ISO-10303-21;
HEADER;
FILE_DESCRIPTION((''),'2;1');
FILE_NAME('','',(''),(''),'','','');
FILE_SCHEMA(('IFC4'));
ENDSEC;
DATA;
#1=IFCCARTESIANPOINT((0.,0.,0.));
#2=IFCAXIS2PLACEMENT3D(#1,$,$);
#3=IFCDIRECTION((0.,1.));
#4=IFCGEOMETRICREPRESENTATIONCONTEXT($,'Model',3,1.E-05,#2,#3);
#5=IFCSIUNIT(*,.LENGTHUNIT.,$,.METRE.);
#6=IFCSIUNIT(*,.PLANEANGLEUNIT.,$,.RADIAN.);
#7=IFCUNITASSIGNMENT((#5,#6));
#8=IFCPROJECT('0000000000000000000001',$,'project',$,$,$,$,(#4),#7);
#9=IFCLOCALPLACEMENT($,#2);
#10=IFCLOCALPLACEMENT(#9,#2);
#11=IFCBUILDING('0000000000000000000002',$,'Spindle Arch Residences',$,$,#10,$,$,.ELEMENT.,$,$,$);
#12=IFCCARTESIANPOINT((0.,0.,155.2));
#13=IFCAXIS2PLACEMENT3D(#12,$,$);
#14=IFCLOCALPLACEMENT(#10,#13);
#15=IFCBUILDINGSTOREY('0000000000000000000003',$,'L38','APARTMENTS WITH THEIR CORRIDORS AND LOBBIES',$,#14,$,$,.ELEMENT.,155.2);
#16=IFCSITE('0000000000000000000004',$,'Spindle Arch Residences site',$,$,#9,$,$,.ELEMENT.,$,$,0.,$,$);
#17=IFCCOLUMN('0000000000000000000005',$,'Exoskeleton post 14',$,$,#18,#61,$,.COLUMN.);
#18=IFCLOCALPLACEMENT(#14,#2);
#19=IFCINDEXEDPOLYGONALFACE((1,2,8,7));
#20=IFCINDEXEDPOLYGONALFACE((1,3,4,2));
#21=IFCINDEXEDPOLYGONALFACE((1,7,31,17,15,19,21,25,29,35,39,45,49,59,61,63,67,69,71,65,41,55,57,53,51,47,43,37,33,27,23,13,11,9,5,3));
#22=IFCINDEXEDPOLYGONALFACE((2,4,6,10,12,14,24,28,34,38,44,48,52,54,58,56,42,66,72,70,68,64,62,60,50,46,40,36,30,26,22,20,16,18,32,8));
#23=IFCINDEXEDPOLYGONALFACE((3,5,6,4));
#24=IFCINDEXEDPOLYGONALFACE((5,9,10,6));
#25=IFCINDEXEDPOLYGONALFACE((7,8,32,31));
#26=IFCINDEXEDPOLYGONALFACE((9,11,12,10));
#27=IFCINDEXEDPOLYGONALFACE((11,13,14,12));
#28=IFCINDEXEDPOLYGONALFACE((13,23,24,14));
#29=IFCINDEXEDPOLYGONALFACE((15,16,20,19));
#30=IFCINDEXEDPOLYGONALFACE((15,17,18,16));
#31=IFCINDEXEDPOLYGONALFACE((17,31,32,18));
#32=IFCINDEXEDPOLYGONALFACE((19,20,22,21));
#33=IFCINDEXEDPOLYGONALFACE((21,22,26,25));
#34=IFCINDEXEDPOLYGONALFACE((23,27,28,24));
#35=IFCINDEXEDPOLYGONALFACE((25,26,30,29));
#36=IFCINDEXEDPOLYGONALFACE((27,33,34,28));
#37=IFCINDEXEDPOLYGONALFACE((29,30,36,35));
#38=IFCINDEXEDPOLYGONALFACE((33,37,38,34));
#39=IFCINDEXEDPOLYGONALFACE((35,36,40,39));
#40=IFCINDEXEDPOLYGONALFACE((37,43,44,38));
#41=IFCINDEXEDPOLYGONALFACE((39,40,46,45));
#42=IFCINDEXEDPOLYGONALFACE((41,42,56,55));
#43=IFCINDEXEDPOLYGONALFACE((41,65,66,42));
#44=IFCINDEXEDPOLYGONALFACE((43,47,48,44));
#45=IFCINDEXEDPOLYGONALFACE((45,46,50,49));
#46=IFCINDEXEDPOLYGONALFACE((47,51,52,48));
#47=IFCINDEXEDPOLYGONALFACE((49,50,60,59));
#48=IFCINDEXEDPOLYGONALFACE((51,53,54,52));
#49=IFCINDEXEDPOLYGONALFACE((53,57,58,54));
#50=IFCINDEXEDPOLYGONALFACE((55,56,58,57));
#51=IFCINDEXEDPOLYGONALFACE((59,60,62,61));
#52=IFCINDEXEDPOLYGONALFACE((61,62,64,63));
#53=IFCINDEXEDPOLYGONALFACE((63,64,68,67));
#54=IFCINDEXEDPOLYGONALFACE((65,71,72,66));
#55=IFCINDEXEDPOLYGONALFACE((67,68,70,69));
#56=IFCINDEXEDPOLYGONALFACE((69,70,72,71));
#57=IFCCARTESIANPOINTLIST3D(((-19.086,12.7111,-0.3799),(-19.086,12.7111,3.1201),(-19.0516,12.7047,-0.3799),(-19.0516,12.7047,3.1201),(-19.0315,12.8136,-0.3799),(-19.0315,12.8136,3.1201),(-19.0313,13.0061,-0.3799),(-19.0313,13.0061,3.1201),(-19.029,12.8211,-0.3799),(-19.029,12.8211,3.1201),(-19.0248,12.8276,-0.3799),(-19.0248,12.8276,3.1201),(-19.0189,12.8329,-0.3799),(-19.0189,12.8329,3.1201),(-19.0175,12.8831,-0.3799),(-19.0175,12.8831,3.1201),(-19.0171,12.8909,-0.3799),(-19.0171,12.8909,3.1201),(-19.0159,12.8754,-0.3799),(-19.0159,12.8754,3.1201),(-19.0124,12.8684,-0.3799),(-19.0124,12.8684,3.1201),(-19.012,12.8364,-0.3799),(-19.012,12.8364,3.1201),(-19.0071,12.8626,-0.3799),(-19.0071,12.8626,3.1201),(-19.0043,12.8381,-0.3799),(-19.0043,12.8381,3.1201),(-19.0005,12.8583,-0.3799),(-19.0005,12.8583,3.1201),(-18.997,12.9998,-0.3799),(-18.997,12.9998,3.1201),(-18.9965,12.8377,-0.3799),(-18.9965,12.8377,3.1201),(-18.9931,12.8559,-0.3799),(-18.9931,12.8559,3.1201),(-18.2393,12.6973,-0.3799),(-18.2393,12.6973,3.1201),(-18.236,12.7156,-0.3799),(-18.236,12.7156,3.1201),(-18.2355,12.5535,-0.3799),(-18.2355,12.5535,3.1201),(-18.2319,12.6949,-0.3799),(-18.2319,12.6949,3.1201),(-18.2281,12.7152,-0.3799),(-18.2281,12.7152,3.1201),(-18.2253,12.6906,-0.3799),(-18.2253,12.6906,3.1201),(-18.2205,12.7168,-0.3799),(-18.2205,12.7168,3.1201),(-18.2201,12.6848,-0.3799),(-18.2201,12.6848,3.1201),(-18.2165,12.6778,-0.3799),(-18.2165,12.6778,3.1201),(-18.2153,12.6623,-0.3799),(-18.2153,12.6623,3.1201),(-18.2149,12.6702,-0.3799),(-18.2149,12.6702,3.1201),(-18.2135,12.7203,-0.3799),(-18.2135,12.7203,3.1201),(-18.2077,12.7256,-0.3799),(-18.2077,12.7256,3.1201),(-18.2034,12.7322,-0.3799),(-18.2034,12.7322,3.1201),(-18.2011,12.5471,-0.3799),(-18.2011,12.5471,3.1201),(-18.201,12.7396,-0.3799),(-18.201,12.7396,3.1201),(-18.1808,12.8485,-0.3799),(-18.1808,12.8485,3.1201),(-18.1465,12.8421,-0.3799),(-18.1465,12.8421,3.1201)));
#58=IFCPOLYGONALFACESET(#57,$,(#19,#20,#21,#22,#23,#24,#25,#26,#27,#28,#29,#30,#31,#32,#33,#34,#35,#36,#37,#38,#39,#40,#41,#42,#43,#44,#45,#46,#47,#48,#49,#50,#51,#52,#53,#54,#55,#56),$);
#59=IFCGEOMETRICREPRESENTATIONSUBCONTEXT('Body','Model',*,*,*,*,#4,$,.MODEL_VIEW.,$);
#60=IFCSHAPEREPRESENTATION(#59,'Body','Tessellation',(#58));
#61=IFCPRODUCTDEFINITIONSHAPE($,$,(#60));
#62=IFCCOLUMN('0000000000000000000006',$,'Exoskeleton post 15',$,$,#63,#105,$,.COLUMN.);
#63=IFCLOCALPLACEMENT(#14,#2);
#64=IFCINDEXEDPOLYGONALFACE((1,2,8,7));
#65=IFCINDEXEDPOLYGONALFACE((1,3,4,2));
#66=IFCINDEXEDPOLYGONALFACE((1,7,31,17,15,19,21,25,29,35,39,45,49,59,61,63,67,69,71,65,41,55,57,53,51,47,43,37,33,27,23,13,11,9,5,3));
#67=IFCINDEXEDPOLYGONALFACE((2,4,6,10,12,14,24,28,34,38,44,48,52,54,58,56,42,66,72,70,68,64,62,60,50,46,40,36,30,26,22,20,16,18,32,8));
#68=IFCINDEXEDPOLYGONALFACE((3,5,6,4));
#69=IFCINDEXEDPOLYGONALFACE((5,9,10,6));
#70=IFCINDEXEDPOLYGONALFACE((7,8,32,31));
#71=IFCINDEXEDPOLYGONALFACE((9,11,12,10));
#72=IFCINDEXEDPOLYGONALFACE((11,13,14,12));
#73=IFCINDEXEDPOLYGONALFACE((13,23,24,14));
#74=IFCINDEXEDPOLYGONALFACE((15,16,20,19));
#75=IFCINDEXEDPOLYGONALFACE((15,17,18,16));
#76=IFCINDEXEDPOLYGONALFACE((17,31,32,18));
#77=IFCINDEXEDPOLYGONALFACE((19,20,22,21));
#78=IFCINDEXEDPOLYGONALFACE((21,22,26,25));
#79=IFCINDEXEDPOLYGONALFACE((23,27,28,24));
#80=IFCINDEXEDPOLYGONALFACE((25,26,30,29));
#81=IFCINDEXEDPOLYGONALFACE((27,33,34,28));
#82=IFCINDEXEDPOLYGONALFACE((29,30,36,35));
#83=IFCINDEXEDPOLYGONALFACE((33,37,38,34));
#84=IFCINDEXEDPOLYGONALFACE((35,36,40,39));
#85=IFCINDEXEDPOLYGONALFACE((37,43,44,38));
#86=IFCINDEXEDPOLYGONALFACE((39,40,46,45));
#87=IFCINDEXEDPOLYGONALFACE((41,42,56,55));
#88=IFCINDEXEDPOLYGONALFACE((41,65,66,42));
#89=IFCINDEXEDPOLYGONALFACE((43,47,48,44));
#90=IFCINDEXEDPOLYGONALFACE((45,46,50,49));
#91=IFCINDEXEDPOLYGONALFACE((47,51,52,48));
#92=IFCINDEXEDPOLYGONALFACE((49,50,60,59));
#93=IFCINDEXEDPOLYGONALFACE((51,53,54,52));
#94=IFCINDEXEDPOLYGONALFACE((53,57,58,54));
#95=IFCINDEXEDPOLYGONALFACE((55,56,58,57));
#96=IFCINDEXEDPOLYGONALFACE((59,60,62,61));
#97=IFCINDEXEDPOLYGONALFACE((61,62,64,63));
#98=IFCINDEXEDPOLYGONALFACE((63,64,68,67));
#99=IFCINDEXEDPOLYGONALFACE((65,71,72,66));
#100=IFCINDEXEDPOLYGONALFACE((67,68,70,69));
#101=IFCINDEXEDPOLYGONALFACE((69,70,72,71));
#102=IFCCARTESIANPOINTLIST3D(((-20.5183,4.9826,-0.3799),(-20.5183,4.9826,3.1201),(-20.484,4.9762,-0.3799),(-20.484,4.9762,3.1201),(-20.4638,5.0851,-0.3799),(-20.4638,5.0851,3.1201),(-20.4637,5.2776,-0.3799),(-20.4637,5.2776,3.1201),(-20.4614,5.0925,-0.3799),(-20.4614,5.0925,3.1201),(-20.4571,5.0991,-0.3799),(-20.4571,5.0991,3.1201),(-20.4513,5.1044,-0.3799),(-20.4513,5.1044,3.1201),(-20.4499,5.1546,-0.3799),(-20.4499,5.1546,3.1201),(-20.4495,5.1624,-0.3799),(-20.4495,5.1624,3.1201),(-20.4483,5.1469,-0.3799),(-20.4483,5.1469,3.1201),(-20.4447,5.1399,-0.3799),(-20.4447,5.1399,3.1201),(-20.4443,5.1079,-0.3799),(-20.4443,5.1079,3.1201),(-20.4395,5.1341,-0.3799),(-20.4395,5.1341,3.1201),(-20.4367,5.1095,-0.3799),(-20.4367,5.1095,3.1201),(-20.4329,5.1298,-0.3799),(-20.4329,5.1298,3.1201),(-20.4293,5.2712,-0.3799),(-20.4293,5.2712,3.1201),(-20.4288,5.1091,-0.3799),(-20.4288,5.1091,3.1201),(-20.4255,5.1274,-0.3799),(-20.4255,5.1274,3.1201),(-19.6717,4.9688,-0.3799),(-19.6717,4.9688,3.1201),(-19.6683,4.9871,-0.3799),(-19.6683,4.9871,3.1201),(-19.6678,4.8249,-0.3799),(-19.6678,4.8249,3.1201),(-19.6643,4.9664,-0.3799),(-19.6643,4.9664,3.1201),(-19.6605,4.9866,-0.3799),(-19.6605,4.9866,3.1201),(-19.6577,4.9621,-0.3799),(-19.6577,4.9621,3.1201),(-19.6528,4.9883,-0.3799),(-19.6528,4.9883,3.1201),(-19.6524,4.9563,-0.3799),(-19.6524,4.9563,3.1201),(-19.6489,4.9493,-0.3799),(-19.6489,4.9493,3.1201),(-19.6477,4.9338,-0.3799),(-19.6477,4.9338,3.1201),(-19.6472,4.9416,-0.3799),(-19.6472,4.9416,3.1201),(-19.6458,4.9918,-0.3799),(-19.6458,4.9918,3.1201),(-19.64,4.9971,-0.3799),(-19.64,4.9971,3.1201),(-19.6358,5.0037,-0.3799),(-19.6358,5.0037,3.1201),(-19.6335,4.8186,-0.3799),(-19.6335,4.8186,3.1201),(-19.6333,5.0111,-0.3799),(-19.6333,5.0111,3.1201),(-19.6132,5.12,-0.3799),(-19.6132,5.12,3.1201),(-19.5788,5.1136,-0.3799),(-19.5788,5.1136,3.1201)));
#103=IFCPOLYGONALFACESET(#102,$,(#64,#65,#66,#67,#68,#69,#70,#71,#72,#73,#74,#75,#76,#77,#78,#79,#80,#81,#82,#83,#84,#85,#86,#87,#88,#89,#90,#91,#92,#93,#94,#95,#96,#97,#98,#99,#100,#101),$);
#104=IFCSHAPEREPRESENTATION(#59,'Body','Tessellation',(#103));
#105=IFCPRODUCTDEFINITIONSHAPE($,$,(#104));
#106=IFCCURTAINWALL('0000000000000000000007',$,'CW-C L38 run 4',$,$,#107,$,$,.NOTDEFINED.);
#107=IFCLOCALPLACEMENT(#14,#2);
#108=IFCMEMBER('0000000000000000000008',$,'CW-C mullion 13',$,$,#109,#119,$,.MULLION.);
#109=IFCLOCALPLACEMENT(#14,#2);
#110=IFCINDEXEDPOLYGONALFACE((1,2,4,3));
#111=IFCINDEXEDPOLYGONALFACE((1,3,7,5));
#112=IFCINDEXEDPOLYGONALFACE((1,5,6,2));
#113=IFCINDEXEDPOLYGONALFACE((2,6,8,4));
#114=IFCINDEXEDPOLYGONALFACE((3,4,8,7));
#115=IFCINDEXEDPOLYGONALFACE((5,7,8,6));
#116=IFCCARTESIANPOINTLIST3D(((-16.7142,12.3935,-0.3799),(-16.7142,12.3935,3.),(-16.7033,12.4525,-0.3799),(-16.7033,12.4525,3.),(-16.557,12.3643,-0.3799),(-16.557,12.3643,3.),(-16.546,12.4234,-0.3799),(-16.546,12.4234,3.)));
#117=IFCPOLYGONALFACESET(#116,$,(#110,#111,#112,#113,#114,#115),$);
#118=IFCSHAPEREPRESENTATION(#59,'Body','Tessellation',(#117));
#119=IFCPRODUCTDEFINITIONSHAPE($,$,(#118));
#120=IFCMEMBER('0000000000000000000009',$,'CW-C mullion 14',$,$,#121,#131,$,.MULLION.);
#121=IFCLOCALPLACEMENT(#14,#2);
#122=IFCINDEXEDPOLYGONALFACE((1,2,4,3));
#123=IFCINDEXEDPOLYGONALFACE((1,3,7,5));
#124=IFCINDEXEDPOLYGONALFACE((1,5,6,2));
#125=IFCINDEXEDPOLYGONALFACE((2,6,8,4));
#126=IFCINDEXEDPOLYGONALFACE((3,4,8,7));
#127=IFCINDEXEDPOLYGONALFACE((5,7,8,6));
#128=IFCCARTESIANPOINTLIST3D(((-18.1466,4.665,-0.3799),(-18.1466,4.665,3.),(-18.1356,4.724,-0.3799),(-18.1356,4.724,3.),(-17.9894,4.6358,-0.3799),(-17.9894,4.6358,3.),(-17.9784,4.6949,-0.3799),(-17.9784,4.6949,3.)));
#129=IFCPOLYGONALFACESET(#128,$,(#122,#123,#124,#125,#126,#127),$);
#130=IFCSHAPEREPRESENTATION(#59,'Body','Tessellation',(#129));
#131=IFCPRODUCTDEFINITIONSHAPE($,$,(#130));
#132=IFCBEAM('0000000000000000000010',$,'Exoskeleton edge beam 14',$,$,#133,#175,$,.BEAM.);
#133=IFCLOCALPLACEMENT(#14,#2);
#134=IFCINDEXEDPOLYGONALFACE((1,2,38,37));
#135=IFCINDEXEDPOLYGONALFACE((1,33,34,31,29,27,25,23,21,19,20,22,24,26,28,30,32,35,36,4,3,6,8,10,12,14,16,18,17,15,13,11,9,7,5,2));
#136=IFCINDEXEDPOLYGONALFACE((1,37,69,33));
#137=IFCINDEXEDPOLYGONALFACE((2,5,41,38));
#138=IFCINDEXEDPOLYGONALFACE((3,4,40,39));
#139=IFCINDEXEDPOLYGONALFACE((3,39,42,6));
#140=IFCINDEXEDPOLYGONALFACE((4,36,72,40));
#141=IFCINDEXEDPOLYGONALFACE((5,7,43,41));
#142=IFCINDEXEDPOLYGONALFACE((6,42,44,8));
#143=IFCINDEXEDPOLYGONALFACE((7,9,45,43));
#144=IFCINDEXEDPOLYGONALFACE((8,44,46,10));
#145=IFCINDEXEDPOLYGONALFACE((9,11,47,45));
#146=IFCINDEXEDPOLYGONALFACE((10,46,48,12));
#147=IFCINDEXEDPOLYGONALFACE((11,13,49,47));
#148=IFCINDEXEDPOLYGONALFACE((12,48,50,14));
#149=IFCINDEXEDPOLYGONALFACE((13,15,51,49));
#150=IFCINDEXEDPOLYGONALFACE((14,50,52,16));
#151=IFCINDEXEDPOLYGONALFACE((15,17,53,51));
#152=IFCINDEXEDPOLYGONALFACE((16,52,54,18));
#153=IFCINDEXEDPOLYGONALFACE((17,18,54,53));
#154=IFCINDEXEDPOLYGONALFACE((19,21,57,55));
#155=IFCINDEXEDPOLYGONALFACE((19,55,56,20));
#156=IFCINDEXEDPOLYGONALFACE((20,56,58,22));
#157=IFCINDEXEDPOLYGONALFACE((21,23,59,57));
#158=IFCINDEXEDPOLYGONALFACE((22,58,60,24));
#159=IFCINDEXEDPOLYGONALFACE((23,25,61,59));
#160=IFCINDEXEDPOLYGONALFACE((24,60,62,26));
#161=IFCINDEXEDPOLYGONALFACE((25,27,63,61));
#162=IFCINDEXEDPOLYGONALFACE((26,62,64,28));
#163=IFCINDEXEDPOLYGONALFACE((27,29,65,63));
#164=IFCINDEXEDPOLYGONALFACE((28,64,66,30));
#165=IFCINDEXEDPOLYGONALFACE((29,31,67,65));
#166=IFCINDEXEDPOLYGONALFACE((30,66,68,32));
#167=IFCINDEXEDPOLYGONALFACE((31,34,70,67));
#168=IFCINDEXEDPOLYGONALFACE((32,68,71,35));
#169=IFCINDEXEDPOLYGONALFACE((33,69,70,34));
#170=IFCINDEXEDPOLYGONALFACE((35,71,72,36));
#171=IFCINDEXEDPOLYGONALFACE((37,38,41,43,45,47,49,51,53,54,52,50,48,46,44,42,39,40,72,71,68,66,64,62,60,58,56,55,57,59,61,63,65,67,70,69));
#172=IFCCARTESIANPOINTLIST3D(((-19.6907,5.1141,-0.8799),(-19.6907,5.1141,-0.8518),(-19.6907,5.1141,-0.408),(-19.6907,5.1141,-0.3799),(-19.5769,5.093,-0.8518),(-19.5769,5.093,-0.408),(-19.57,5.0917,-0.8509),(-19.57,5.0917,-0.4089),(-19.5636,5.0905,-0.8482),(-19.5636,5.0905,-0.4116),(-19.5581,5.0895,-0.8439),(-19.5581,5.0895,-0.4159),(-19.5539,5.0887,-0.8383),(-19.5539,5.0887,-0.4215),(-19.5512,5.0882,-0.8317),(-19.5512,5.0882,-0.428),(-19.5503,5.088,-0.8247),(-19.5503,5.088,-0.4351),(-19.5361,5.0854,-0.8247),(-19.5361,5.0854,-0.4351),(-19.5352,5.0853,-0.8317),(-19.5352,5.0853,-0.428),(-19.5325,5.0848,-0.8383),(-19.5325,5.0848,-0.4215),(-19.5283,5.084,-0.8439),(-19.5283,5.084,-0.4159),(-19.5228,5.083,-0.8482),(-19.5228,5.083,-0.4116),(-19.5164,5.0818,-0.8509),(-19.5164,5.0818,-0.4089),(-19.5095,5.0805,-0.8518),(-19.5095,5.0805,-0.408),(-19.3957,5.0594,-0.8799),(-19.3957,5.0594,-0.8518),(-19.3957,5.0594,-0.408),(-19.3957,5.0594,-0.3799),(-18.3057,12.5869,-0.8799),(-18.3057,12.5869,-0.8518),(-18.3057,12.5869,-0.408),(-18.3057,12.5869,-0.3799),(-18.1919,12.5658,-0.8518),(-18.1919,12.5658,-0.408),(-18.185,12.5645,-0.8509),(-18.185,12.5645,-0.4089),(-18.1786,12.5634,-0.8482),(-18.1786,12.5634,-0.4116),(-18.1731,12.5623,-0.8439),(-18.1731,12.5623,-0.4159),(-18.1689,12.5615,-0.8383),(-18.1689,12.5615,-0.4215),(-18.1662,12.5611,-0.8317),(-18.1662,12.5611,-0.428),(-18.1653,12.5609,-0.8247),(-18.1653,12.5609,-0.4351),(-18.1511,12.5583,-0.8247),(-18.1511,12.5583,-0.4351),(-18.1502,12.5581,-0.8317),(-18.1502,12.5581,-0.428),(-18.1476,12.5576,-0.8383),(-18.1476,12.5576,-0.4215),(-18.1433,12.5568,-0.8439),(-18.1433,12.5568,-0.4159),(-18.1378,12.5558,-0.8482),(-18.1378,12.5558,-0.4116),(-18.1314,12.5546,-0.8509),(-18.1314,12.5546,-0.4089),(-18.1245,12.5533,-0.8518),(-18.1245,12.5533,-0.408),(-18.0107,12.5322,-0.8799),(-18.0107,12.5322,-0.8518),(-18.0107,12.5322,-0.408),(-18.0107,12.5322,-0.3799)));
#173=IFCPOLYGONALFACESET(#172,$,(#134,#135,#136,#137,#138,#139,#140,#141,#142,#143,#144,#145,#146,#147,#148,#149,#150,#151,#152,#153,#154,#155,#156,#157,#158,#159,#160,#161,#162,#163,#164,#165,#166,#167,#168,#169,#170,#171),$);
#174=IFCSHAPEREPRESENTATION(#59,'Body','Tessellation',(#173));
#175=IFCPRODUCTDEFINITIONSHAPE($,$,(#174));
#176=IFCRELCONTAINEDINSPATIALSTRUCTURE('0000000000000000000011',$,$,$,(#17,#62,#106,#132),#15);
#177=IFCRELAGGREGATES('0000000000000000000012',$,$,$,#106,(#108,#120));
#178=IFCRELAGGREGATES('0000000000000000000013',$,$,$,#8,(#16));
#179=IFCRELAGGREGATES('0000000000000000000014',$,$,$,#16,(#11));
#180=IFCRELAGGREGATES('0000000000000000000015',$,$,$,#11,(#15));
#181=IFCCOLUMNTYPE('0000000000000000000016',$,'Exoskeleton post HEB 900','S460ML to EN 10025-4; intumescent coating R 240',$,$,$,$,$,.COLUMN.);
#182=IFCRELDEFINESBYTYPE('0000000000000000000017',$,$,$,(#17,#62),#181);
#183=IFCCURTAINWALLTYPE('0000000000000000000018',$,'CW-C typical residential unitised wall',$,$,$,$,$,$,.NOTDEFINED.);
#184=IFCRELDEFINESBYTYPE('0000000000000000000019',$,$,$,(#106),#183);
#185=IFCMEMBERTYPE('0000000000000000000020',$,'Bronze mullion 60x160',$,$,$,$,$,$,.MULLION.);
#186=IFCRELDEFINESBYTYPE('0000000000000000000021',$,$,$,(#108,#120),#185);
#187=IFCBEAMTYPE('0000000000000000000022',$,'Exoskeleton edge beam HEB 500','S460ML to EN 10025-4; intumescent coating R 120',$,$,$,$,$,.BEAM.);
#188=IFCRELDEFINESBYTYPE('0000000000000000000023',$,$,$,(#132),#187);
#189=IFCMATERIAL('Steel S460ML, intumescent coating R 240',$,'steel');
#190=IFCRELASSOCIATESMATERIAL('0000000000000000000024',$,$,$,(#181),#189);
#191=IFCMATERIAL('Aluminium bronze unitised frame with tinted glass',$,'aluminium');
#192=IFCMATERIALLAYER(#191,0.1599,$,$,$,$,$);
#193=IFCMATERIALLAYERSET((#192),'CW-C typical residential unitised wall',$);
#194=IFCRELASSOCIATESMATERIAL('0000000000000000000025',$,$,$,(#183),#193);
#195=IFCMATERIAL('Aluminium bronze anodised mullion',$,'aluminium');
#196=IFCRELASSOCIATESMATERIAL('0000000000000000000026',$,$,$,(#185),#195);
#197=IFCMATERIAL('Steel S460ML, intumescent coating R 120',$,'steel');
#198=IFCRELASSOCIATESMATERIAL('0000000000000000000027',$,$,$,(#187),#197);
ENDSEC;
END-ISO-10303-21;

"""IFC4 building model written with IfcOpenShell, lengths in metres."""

from ifc_helpers import new_model, si_unit, direction, frame, origin, origin_2d, place, context, subcontext, project, spatial, rectangle, i_section, extrude, material, layer, layer_set, material_profile, profile_set, type_object, element, aggregate, save


model = new_model("IFC4")

# Units and contexts
model_context = context("Model", 3, precision=1e-05, world=origin(), true_north=direction((0.0, 1.0)))
body_context = subcontext(model_context, "Body", "Model", "MODEL_VIEW")
ifc_project = project(units=[si_unit("LENGTHUNIT", "METRE"), si_unit("PLANEANGLEUNIT", "RADIAN")], contexts=[model_context])

# Site, building, storey
site_placement = place(None, origin())
site = spatial("IfcSite", under=ifc_project, at=site_placement, Name="Spindle Arch Residences site", CompositionType="ELEMENT", RefElevation=0.0)
building_placement = place(site_placement, origin())
building = spatial("IfcBuilding", under=site, at=building_placement, Name="Spindle Arch Residences", CompositionType="ELEMENT")
storey_placement = place(building_placement, frame((0.0, 0.0, 155.2)))
storey = spatial("IfcBuildingStorey", under=building, at=storey_placement, Name="L38", Description="APARTMENTS WITH THEIR CORRIDORS AND LOBBIES", CompositionType="ELEMENT", Elevation=155.2)

# Columns
ifc_material_1 = material(Name="Steel S460ML, intumescent coating R 240", Category="steel")
ifc_material_profile_1 = material_profile(ifc_material_1, i_section(OverallWidth=0.3, OverallDepth=0.8999, WebThickness=0.0186, FlangeThickness=0.0349, FilletRadius=0.03, at=origin_2d()), Name="HEB 900")
ifc_profile_set_1 = profile_set([ifc_material_profile_1], Name="Steel S460ML, intumescent coating R 240")
column_type = type_object("IfcColumnType", Name="Exoskeleton post HEB 900", Description="S460ML to EN 10025-4; intumescent coating R 240", PredefinedType="COLUMN", material=ifc_profile_set_1)
for number, where, z_axis, x_axis, name in (
    (1, (-18.6162, 12.7766, -0.3799), (0.0, 0.0, 1.0), (0.182236, 0.983255, 0.0), "Exoskeleton post 14"),
    (2, (-20.0486, 5.0481, -0.3799), (0.0, 0.0, 1.0), (0.182236, 0.983255, 0.0), "Exoskeleton post 15"),
):
    element("IfcColumn", number, at=place(storey_placement, frame(where, z_axis=z_axis, x_axis=x_axis)), inside=storey, type_object=column_type, Name=name, PredefinedType="COLUMN", context=body_context, shape_type="SweptSolid", body=[
        extrude(i_section(OverallWidth=0.3, OverallDepth=0.8999, WebThickness=0.0186, FlangeThickness=0.0349, FilletRadius=0.03, at=origin_2d()), origin(), (0.0, 0.0, 1.0), 3.5),
    ])

# Curtain wall, members
ifc_material_2 = material(Name="Aluminium bronze unitised frame with tinted glass", Category="aluminium")
ifc_layer_1 = layer(ifc_material_2, 0.1599)
ifc_layer_set_1 = layer_set([ifc_layer_1], Name="CW-C typical residential unitised wall")
curtain_wall_type = type_object("IfcCurtainWallType", Name="CW-C typical residential unitised wall", PredefinedType="NOTDEFINED", material=ifc_layer_set_1)
curtain_wall_placement = place(storey_placement, origin())
curtain_wall = element("IfcCurtainWall", 3, at=curtain_wall_placement, inside=storey, type_object=curtain_wall_type, Name="CW-C L38 run 4", PredefinedType="NOTDEFINED")
ifc_material_3 = material(Name="Aluminium bronze anodised mullion", Category="aluminium")
ifc_material_profile_2 = material_profile(ifc_material_3, rectangle(XDim=0.1599, YDim=0.0601, at=origin_2d()), Name="MU 60x160")
ifc_profile_set_2 = profile_set([ifc_material_profile_2], Name="Aluminium bronze anodised mullion")
member_type = type_object("IfcMemberType", Name="Bronze mullion 60x160", PredefinedType="MULLION", material=ifc_profile_set_2)
member_1_placement = place(storey_placement, frame((-16.6301, 12.4084, -0.3799), z_axis=(0.0, 0.0, 1.0), x_axis=(0.983255, -0.182236, 0.0)))
member_1 = element("IfcMember", 4, at=member_1_placement, type_object=member_type, Name="CW-C mullion 13", PredefinedType="MULLION", context=body_context, shape_type="SweptSolid", body=[
    extrude(rectangle(XDim=0.1599, YDim=0.0601, at=origin_2d()), origin(), (0.0, 0.0, 1.0), 3.3799),
])
member_2_placement = place(storey_placement, frame((-18.0625, 4.6799, -0.3799), z_axis=(0.0, 0.0, 1.0), x_axis=(0.983255, -0.182236, 0.0)))
member_2 = element("IfcMember", 5, at=member_2_placement, type_object=member_type, Name="CW-C mullion 14", PredefinedType="MULLION", context=body_context, shape_type="SweptSolid", body=[
    extrude(rectangle(XDim=0.1599, YDim=0.0601, at=origin_2d()), origin(), (0.0, 0.0, 1.0), 3.3799),
])

# Beam
ifc_material_4 = material(Name="Steel S460ML, intumescent coating R 120", Category="steel")
ifc_material_profile_3 = material_profile(ifc_material_4, i_section(OverallWidth=0.3, OverallDepth=0.5, WebThickness=0.0144, FlangeThickness=0.0281, FilletRadius=0.0271, at=origin_2d()), Name="HEB 500")
ifc_profile_set_3 = profile_set([ifc_material_profile_3], Name="Steel S460ML, intumescent coating R 120")
beam_type_1 = type_object("IfcBeamType", Name="Exoskeleton edge beam HEB 500", Description="S460ML to EN 10025-4; intumescent coating R 120", PredefinedType="BEAM", material=ifc_profile_set_3)
for number, where, z_axis, x_axis, name in (
    (6, (-18.1582, 12.5596, -0.6299), (-0.182234, -0.983255, 0.0), (0.983255, -0.182234, 0.0), "Exoskeleton edge beam 14"),
):
    element("IfcBeam", number, at=place(storey_placement, frame(where, z_axis=z_axis, x_axis=x_axis)), inside=storey, type_object=beam_type_1, Name=name, PredefinedType="BEAM", context=body_context, shape_type="SweptSolid", body=[
        extrude(i_section(OverallWidth=0.3, OverallDepth=0.5, WebThickness=0.0144, FlangeThickness=0.0281, FilletRadius=0.0271, at=origin_2d()), origin(), (0.0, 0.0, 1.0), 7.6001),
    ])

aggregate(curtain_wall, [member_1, member_2])

save(model, "model.ifc")
